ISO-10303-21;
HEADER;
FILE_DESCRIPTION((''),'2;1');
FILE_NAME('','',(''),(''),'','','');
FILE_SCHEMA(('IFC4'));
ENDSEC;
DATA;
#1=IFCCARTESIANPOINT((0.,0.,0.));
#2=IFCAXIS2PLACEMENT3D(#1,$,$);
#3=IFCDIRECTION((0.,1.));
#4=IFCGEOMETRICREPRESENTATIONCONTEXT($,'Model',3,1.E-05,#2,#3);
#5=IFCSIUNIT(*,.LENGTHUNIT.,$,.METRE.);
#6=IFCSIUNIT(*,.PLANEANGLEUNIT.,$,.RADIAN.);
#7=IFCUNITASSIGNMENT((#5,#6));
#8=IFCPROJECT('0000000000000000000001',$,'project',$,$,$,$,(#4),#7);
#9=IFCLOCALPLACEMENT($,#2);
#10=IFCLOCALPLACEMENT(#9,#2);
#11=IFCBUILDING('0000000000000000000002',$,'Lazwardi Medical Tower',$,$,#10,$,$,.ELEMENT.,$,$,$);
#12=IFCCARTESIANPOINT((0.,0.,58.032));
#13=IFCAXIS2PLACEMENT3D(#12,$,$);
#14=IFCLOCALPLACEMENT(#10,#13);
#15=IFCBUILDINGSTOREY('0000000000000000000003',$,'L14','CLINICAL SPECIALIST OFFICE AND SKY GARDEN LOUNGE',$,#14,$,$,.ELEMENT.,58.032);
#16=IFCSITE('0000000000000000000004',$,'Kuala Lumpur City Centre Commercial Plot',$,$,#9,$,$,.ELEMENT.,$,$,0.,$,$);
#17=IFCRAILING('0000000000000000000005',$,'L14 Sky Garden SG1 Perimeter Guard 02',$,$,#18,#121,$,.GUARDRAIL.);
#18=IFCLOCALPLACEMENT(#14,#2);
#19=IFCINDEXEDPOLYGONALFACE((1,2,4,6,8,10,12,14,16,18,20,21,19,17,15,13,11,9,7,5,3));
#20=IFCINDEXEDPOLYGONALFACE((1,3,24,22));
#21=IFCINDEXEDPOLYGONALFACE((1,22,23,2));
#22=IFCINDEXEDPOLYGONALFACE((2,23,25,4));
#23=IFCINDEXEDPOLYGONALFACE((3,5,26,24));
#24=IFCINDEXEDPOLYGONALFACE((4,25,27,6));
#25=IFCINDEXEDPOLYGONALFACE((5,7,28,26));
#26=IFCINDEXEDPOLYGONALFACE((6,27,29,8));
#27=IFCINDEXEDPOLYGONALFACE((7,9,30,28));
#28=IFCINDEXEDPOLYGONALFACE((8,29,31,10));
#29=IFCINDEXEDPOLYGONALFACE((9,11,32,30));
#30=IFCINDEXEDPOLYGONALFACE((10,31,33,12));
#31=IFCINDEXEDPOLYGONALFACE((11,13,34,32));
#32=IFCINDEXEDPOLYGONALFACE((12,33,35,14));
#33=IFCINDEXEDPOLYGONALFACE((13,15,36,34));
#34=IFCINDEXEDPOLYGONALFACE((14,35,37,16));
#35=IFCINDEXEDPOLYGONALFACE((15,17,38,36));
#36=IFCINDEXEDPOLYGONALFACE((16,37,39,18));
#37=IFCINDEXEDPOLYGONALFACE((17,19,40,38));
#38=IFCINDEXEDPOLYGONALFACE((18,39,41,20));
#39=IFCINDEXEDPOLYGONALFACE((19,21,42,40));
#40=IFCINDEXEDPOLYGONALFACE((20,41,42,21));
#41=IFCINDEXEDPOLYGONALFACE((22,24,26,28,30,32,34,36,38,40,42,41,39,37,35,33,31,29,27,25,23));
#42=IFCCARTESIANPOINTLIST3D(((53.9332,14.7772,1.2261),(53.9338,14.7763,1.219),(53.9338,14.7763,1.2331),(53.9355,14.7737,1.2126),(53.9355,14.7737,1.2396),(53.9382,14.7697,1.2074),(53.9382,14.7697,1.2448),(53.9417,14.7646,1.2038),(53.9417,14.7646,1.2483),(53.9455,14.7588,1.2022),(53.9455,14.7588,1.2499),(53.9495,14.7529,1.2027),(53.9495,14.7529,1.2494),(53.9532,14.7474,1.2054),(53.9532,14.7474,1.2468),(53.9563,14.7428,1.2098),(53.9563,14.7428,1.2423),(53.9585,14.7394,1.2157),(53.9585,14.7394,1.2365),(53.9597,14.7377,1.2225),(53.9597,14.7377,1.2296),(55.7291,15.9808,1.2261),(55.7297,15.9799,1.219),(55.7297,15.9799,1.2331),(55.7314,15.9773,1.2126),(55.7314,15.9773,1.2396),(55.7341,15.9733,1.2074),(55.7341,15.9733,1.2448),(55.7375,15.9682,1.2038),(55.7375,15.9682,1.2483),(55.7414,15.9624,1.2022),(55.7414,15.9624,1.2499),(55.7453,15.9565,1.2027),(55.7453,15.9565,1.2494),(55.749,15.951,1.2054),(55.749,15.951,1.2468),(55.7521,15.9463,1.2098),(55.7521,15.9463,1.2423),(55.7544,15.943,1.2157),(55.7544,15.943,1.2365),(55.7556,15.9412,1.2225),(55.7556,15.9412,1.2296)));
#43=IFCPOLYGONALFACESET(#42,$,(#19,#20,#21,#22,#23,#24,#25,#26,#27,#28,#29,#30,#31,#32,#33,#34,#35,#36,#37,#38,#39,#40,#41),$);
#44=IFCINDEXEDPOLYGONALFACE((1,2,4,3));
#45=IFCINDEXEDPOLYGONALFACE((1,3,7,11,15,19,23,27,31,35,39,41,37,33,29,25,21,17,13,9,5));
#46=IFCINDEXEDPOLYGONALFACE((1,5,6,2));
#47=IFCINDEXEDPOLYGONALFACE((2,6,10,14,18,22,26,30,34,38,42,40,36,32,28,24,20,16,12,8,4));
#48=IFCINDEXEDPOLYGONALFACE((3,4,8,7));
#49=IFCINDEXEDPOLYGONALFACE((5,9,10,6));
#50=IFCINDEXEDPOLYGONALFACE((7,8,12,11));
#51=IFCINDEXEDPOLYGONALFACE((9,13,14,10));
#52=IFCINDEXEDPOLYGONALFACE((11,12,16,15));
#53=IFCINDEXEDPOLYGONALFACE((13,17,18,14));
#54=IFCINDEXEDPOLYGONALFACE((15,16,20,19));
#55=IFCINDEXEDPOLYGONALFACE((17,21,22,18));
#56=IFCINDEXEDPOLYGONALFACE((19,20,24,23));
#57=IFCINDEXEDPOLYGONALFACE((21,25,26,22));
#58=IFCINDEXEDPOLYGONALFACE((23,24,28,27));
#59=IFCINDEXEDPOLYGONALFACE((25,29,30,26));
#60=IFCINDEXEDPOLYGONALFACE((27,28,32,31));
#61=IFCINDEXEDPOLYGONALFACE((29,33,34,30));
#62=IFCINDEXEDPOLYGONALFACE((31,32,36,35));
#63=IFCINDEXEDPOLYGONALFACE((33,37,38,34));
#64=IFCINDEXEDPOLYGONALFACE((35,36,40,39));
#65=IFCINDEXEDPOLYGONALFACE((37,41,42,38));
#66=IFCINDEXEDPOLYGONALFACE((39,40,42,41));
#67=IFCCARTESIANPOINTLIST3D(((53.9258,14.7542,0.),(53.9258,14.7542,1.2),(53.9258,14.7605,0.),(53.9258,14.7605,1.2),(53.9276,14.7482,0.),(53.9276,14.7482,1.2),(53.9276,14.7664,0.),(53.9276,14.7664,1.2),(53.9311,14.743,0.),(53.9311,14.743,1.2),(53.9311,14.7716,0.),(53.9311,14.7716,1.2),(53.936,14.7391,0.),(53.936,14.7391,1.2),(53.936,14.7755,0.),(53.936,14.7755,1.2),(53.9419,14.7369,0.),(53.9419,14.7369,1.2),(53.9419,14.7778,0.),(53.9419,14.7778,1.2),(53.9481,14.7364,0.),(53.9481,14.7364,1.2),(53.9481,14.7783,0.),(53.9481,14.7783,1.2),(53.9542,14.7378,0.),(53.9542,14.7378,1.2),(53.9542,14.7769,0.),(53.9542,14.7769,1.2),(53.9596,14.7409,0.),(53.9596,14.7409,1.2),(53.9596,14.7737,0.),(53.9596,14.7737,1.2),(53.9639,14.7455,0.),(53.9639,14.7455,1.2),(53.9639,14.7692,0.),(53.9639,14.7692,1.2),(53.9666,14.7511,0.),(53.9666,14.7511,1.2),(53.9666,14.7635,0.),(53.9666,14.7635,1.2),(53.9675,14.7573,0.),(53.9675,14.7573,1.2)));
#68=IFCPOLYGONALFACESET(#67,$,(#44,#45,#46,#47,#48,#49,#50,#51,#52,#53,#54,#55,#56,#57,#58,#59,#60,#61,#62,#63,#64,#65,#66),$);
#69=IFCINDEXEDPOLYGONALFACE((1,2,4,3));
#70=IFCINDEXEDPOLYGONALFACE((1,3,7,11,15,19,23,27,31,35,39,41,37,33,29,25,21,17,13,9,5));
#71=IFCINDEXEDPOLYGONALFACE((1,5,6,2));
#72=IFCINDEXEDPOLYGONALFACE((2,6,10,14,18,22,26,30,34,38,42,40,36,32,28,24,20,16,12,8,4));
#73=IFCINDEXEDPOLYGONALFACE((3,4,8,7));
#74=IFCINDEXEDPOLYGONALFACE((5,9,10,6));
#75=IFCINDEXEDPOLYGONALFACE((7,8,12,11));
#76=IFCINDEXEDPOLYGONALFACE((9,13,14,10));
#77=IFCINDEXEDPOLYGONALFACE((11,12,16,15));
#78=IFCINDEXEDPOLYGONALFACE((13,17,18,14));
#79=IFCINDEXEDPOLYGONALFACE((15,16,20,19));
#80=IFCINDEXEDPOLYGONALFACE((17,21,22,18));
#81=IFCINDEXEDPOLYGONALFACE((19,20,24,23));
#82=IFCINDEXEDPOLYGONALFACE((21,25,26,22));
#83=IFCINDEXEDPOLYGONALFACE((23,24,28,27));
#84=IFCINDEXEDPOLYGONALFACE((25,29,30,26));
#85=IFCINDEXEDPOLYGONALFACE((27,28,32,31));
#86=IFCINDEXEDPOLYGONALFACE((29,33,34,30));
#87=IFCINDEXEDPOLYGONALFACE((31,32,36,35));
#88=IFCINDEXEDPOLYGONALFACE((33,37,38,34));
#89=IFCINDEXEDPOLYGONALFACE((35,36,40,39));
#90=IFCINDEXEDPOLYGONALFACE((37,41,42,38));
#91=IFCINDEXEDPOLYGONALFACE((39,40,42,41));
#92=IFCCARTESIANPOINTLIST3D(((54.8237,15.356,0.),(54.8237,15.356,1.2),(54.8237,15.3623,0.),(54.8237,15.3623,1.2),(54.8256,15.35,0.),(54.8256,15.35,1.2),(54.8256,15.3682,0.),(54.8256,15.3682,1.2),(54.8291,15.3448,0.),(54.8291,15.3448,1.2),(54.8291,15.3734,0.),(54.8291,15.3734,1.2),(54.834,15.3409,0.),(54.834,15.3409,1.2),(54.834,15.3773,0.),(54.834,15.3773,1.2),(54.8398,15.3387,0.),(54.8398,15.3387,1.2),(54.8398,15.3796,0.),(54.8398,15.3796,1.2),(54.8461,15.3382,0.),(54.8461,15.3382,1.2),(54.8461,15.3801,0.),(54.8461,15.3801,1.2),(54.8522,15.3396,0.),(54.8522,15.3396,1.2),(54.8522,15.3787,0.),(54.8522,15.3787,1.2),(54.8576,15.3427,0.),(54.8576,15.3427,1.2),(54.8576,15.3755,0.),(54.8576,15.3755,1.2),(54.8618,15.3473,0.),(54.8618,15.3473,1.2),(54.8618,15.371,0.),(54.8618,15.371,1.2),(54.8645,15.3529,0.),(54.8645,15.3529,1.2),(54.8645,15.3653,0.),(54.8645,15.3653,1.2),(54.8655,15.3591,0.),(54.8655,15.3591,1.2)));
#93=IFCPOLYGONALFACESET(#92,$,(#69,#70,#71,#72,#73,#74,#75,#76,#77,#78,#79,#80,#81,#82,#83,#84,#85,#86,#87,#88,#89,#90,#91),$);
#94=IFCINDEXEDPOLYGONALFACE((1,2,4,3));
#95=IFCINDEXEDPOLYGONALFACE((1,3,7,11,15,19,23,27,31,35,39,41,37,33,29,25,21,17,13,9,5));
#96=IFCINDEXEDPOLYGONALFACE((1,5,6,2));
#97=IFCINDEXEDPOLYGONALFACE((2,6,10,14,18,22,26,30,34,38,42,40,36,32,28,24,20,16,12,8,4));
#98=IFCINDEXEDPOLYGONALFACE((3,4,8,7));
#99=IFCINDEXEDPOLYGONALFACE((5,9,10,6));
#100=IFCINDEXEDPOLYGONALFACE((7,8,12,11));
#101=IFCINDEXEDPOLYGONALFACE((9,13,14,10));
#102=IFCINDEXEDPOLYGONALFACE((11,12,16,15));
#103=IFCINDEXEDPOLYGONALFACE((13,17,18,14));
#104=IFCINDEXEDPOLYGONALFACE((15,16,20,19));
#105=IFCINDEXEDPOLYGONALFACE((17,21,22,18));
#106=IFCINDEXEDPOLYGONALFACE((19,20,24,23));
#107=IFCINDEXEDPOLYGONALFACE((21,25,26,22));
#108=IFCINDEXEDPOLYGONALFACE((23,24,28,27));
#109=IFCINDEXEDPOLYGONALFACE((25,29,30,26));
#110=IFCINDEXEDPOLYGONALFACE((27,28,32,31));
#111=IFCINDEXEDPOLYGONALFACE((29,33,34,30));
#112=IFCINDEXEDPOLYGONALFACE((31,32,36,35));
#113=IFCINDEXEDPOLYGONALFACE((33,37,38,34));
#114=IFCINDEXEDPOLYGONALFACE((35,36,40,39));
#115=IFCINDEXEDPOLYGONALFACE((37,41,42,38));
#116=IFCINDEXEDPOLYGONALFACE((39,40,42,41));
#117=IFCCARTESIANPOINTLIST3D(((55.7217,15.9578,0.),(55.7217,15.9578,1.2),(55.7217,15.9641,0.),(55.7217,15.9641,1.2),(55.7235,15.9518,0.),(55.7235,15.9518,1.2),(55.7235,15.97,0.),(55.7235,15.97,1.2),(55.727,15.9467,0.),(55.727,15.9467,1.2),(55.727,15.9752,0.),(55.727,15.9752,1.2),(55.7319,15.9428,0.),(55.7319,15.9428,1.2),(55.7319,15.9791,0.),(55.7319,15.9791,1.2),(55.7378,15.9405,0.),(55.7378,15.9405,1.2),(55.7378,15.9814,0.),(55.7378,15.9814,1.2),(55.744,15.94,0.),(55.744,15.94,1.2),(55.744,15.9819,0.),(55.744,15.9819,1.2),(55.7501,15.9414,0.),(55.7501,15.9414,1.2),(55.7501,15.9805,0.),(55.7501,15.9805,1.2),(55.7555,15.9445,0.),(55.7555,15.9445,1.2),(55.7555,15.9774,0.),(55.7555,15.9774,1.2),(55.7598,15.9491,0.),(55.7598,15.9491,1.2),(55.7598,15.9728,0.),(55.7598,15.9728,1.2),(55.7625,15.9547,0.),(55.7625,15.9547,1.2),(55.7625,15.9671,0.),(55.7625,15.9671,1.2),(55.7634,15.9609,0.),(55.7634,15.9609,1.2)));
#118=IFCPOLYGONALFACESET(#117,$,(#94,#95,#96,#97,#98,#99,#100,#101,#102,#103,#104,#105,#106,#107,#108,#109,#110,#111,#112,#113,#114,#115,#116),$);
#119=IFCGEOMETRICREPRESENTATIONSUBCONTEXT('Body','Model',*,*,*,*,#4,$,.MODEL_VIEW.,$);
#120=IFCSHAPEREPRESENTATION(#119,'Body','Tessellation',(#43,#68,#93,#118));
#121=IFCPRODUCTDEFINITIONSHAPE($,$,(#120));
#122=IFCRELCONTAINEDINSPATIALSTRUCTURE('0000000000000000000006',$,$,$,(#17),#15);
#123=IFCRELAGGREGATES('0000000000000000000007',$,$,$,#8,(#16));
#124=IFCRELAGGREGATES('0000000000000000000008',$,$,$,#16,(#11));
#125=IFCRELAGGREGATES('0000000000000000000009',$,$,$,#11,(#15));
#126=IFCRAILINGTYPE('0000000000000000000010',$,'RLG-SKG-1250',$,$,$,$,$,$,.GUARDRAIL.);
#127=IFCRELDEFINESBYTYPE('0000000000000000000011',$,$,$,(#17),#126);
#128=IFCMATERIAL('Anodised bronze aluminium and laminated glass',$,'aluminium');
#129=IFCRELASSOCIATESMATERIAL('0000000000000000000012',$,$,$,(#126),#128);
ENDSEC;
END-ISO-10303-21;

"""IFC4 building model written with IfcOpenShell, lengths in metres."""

from ifc_helpers import new_model, si_unit, direction, frame, origin, origin_2d, place, context, subcontext, project, spatial, circle, extrude, material, type_object, element, save


model = new_model("IFC4")

# Units and contexts
model_context = context("Model", 3, precision=1e-05, world=origin(), true_north=direction((0.0, 1.0)))
body_context = subcontext(model_context, "Body", "Model", "MODEL_VIEW")
ifc_project = project(units=[si_unit("LENGTHUNIT", "METRE"), si_unit("PLANEANGLEUNIT", "RADIAN")], contexts=[model_context])

# Site, building, storey
site_placement = place(None, origin())
site = spatial("IfcSite", under=ifc_project, at=site_placement, Name="Kuala Lumpur City Centre Commercial Plot", CompositionType="ELEMENT", RefElevation=0.0)
building_placement = place(site_placement, origin())
building = spatial("IfcBuilding", under=site, at=building_placement, Name="Lazwardi Medical Tower", CompositionType="ELEMENT")
storey_placement = place(building_placement, frame((0.0, 0.0, 58.032)))
storey = spatial("IfcBuildingStorey", under=building, at=storey_placement, Name="L14", Description="CLINICAL SPECIALIST OFFICE AND SKY GARDEN LOUNGE", CompositionType="ELEMENT", Elevation=58.032)

# Shared definitions
ifc_material_1 = material(Name="Anodised bronze aluminium and laminated glass", Category="aluminium")

# Railing
railing_type = type_object("IfcRailingType", Name="RLG-SKG-1250", PredefinedType="GUARDRAIL", material=ifc_material_1)
railing_1_placement = place(storey_placement, frame((53.9465, 14.7573, 0.0)))
element("IfcRailing", 1, at=railing_1_placement, inside=storey, type_object=railing_type, Name="L14 Sky Garden SG1 Perimeter Guard 02", PredefinedType="GUARDRAIL", context=body_context, shape_type="SweptSolid", body=[
    extrude(circle(Radius=0.0239, at=origin_2d()), frame((0.0, 0.0, 1.2261), z_axis=(0.830693, 0.556731, 0.0), x_axis=(-0.556731, 0.830693, 0.0)), (0.0, 0.0, 1.0), 2.1619),
    extrude(circle(Radius=0.021, at=origin_2d()), origin(), (0.0, 0.0, 1.0), 1.2),
    extrude(circle(Radius=0.021, at=origin_2d()), frame((0.8979, 0.6018, 0.0)), (0.0, 0.0, 1.0), 1.2),
    extrude(circle(Radius=0.021, at=origin_2d()), frame((1.7959, 1.2036, 0.0)), (0.0, 0.0, 1.0), 1.2),
])

save(model, "model.ifc")
